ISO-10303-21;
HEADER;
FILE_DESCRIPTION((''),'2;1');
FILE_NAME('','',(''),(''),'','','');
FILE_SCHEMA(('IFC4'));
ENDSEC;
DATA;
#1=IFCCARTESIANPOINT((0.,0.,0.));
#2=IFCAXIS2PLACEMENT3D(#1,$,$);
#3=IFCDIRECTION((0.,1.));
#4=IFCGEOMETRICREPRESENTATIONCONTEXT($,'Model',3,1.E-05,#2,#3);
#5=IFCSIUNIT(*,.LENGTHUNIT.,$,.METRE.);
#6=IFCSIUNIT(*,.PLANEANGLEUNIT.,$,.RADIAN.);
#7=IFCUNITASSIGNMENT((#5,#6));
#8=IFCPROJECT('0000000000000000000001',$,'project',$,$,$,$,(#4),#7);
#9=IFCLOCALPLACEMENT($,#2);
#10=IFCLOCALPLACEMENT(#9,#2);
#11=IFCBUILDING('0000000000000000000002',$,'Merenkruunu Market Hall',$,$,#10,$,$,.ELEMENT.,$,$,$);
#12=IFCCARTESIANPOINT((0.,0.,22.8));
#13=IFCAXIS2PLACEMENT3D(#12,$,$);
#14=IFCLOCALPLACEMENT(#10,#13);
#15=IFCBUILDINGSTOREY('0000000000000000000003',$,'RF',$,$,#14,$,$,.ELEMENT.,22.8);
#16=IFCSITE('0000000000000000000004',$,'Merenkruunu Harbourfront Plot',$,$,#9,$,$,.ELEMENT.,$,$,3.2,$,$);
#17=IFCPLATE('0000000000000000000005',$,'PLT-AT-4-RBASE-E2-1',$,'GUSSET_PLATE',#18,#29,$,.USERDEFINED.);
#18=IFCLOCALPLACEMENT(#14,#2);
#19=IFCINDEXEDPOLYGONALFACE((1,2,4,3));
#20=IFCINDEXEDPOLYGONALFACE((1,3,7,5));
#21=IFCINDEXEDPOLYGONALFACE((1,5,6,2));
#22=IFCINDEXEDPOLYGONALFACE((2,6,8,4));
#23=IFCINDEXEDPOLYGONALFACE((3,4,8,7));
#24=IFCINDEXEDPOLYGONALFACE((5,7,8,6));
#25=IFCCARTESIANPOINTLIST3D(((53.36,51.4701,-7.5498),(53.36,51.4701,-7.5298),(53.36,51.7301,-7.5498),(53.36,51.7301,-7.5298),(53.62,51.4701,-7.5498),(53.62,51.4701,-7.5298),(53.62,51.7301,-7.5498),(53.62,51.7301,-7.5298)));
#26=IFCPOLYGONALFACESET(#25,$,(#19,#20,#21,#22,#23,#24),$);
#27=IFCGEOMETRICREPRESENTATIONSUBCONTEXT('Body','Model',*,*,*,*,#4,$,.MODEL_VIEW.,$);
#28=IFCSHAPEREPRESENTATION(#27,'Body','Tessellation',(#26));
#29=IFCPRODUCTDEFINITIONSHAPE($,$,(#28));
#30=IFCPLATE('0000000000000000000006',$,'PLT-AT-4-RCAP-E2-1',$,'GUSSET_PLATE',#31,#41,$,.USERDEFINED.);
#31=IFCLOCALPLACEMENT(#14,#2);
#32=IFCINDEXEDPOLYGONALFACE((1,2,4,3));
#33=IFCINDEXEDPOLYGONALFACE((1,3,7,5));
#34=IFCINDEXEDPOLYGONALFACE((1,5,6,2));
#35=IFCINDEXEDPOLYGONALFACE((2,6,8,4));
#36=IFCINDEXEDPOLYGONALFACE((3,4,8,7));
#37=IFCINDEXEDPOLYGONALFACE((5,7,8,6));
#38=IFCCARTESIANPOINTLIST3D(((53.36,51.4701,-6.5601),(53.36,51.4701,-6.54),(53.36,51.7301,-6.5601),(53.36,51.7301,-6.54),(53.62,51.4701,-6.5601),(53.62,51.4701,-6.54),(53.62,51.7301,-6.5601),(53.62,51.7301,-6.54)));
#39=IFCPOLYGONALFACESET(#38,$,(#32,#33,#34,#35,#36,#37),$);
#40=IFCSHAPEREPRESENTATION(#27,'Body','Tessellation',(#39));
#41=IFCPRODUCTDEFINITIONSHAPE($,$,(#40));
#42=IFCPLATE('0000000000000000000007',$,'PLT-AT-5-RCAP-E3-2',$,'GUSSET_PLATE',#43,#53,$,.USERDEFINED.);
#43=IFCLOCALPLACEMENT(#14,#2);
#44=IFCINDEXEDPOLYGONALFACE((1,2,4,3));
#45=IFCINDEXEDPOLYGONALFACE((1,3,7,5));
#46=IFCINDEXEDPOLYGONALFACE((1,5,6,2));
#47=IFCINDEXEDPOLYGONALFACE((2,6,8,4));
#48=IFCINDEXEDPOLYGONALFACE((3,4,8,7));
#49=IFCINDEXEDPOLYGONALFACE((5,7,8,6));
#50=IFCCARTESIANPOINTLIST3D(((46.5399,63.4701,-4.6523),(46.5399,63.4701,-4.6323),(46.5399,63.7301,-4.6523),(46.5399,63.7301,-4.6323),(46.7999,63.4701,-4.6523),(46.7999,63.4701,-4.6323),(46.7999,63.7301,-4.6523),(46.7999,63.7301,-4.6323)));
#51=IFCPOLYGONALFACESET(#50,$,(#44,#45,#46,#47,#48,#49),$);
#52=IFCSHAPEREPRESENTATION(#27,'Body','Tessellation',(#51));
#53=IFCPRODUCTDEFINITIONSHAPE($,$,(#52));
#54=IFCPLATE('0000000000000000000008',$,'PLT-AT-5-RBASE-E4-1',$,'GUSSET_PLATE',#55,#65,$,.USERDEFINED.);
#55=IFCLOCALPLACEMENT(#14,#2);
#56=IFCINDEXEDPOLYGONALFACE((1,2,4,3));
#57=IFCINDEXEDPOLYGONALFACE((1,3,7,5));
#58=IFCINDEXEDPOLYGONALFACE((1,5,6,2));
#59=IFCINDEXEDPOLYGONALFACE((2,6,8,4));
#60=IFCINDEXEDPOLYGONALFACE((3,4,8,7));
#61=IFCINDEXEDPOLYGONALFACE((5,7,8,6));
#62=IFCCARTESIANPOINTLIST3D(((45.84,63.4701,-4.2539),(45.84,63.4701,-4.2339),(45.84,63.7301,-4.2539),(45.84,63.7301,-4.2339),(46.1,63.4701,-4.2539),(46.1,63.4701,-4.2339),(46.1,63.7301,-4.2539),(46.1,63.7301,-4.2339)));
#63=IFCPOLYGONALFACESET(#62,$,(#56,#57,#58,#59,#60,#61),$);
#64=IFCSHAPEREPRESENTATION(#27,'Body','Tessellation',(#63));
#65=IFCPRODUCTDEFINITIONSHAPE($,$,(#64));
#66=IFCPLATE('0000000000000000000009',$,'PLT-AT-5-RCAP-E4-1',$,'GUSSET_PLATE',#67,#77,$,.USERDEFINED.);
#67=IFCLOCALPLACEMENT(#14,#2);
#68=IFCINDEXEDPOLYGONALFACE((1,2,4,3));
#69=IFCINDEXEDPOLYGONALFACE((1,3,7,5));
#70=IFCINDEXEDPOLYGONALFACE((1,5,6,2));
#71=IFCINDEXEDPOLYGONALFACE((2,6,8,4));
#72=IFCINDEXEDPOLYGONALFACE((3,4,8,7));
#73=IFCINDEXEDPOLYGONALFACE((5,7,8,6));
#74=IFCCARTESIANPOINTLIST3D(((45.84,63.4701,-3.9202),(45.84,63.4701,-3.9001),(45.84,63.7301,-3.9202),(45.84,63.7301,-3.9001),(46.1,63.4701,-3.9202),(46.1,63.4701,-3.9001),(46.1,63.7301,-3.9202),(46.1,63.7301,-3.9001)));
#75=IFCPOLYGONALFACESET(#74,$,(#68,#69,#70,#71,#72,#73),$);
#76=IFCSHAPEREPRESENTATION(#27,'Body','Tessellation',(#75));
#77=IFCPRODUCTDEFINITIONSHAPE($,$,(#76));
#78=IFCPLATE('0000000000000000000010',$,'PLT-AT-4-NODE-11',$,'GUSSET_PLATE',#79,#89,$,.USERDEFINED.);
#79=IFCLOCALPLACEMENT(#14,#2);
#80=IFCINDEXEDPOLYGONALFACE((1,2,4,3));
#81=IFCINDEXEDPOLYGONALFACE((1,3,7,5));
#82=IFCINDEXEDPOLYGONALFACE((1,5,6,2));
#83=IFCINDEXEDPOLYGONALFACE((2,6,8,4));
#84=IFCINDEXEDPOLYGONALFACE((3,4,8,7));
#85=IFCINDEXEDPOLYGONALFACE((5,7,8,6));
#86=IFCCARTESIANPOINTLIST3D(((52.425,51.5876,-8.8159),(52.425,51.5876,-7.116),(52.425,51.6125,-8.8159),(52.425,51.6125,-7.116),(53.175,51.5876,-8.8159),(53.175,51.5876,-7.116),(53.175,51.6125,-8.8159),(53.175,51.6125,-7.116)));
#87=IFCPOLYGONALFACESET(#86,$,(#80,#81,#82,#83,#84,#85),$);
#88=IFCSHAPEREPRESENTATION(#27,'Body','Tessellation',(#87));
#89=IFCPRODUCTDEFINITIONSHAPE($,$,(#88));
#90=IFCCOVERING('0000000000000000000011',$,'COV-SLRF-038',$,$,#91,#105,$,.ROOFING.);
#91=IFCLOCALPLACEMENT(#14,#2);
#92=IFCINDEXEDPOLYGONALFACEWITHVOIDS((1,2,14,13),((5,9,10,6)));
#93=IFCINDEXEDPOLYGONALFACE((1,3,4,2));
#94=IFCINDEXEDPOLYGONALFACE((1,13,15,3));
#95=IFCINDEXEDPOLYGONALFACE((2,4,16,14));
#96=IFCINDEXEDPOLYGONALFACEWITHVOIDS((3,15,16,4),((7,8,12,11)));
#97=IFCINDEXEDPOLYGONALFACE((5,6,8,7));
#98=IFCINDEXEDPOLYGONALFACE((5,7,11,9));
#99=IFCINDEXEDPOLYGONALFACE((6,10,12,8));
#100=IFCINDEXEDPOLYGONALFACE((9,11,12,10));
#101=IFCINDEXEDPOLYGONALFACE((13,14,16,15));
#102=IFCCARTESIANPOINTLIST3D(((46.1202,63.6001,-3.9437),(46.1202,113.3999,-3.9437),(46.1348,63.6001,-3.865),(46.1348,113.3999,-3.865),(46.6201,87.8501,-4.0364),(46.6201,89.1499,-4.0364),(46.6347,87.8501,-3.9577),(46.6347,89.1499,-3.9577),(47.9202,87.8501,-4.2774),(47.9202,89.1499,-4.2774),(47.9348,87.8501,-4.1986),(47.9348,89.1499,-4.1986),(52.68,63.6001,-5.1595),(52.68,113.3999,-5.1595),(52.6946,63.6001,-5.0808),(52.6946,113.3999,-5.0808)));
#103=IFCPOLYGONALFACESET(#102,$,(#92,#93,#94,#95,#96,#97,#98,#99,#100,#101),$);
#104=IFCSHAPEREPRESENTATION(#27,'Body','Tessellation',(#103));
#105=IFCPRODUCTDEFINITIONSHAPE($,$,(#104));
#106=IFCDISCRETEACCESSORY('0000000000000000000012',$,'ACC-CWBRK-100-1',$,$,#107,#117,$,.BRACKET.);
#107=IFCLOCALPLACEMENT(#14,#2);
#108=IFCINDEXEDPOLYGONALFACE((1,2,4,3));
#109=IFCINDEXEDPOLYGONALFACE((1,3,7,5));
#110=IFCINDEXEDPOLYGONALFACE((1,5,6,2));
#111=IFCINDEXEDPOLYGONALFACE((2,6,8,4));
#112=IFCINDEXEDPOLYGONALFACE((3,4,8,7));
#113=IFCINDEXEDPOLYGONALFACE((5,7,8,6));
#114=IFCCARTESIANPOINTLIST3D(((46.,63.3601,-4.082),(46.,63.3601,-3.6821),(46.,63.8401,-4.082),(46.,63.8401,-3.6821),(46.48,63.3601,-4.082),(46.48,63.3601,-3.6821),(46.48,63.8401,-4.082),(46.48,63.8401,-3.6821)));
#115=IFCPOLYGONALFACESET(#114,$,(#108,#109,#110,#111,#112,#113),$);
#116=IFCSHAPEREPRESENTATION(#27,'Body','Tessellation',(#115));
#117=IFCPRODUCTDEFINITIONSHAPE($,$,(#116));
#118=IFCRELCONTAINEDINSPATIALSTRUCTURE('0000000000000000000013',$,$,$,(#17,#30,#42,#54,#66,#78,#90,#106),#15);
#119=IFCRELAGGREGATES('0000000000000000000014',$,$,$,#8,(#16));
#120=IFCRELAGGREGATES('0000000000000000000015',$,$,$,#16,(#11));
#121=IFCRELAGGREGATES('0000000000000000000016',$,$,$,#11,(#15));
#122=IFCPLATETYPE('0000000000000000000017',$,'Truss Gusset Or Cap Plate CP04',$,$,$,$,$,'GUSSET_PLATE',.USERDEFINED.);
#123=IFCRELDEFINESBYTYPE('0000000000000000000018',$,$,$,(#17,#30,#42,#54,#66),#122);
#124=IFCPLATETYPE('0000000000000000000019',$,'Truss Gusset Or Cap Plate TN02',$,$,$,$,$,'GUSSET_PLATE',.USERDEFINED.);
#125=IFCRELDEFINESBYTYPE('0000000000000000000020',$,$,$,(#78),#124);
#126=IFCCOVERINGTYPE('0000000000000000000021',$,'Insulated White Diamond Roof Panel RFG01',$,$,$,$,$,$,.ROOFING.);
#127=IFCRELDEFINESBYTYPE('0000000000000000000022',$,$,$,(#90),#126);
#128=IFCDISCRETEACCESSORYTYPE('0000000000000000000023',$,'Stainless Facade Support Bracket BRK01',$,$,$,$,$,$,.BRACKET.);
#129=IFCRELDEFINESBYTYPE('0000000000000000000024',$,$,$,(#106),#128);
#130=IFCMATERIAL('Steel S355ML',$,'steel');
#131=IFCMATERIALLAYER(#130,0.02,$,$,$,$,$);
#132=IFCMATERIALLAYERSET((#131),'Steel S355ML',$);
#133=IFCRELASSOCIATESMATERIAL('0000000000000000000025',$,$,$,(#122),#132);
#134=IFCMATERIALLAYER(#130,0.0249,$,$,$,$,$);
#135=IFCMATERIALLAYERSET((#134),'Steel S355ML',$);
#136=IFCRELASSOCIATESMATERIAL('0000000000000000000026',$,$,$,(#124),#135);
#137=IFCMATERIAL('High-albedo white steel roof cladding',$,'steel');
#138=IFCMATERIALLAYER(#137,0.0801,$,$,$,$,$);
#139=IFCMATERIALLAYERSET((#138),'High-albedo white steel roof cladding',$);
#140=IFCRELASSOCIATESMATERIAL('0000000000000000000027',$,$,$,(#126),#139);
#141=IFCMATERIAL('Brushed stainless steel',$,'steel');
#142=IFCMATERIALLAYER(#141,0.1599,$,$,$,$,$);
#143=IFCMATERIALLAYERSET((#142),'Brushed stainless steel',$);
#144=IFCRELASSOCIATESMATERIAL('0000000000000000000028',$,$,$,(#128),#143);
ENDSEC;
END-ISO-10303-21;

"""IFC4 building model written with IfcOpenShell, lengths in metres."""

from ifc_helpers import new_model, si_unit, direction, frame, origin, origin_2d, place, context, subcontext, project, spatial, polyline, rectangle, outline, extrude, material, layer, layer_set, type_object, element, save


model = new_model("IFC4")

# Units and contexts
model_context = context("Model", 3, precision=1e-05, world=origin(), true_north=direction((0.0, 1.0)))
body_context = subcontext(model_context, "Body", "Model", "MODEL_VIEW")
ifc_project = project(units=[si_unit("LENGTHUNIT", "METRE"), si_unit("PLANEANGLEUNIT", "RADIAN")], contexts=[model_context])

# Site, building, storey
site_placement = place(None, origin())
site = spatial("IfcSite", under=ifc_project, at=site_placement, Name="Merenkruunu Harbourfront Plot", CompositionType="ELEMENT", RefElevation=3.2)
building_placement = place(site_placement, origin())
building = spatial("IfcBuilding", under=site, at=building_placement, Name="Merenkruunu Market Hall", CompositionType="ELEMENT")
storey_placement = place(building_placement, frame((0.0, 0.0, 22.8)))
storey = spatial("IfcBuildingStorey", under=building, at=storey_placement, Name="RF", CompositionType="ELEMENT", Elevation=22.8)

# Shared definitions
ifc_material_1 = material(Name="Steel S355ML", Category="steel")

# Plates
ifc_layer_1 = layer(ifc_material_1, 0.02)
ifc_layer_set_1 = layer_set([ifc_layer_1], Name="Steel S355ML")
plate_type_1 = type_object("IfcPlateType", Name="Truss Gusset Or Cap Plate CP04", ElementType="GUSSET_PLATE", PredefinedType="USERDEFINED", material=ifc_layer_set_1)
for number, where, z_axis, x_axis, name in (
    (1, (53.49, 51.6001, -7.5498), (0.0, 0.0, 1.0), (1.0, 0.0, 0.0), "PLT-AT-4-RBASE-E2-1"),
    (2, (53.49, 51.6001, -6.5601), (0.0, 0.0, 1.0), (1.0, 0.0, 0.0), "PLT-AT-4-RCAP-E2-1"),
    (3, (46.6699, 63.6001, -4.6523), (0.0, 0.0, 1.0), (1.0, 0.0, 0.0), "PLT-AT-5-RCAP-E3-2"),
    (4, (45.97, 63.6001, -4.2539), (0.0, 0.0, 1.0), (1.0, 0.0, 0.0), "PLT-AT-5-RBASE-E4-1"),
    (5, (45.97, 63.6001, -3.9202), (0.0, 0.0, 1.0), (1.0, 0.0, 0.0), "PLT-AT-5-RCAP-E4-1"),
):
    element("IfcPlate", number, at=place(storey_placement, frame(where, z_axis=z_axis, x_axis=x_axis)), inside=storey, type_object=plate_type_1, Name=name, ObjectType="GUSSET_PLATE", PredefinedType="USERDEFINED", context=body_context, shape_type="SweptSolid", body=[
        extrude(rectangle(XDim=0.26, YDim=0.26, at=origin_2d()), origin(), (0.0, 0.0, 1.0), 0.02),
    ])
ifc_layer_2 = layer(ifc_material_1, 0.0249)
ifc_layer_set_2 = layer_set([ifc_layer_2], Name="Steel S355ML")
plate_type_2 = type_object("IfcPlateType", Name="Truss Gusset Or Cap Plate TN02", ElementType="GUSSET_PLATE", PredefinedType="USERDEFINED", material=ifc_layer_set_2)
plate_1_placement = place(storey_placement, frame((52.8, 51.6001, -8.8159), z_axis=(0.0, 0.0, 1.0), x_axis=(1.0, 0.0, 0.0)))
element("IfcPlate", 6, at=plate_1_placement, inside=storey, type_object=plate_type_2, Name="PLT-AT-4-NODE-11", ObjectType="GUSSET_PLATE", PredefinedType="USERDEFINED", context=body_context, shape_type="SweptSolid", body=[
    extrude(rectangle(XDim=0.75, YDim=0.0249, at=origin_2d()), origin(), (0.0, 0.0, 1.0), 1.7),
])

# Covering
ifc_material_2 = material(Name="High-albedo white steel roof cladding", Category="steel")
ifc_layer_3 = layer(ifc_material_2, 0.0801)
ifc_layer_set_3 = layer_set([ifc_layer_3], Name="High-albedo white steel roof cladding")
covering_type = type_object("IfcCoveringType", Name="Insulated White Diamond Roof Panel RFG01", PredefinedType="ROOFING", material=ifc_layer_set_3)
covering_placement = place(storey_placement, frame((46.1348, 63.6001, -3.865), z_axis=(0.18224, 0.0, 0.983254), x_axis=(0.983254, 0.0, -0.18224)))
element("IfcCovering", 7, at=covering_placement, inside=storey, type_object=covering_type, Name="COV-SLRF-038", PredefinedType="ROOFING", context=body_context, shape_type="SweptSolid", body=[
    extrude(outline(polyline([(0.0, 0.0), (6.6715, 0.0), (6.6715, 49.7998), (0.0, 49.7998), (0.0, 0.0)]), holes=[polyline([(0.5085, 24.25), (1.8307, 24.25), (1.8307, 25.5498), (0.5085, 25.5498), (0.5085, 24.25)])]), origin(), (0.0, 0.0, -1.0), 0.0801),
])

# Discrete accessory
ifc_material_3 = material(Name="Brushed stainless steel", Category="steel")
ifc_layer_4 = layer(ifc_material_3, 0.1599)
ifc_layer_set_4 = layer_set([ifc_layer_4], Name="Brushed stainless steel")
discrete_accessory_type = type_object("IfcDiscreteAccessoryType", Name="Stainless Facade Support Bracket BRK01", PredefinedType="BRACKET", material=ifc_layer_set_4)
discrete_accessory_placement = place(storey_placement, frame((46.24, 63.6001, -4.082), z_axis=(0.0, 0.0, 1.0), x_axis=(1.0, 0.0, 0.0)))
element("IfcDiscreteAccessory", 8, at=discrete_accessory_placement, inside=storey, type_object=discrete_accessory_type, Name="ACC-CWBRK-100-1", PredefinedType="BRACKET", context=body_context, shape_type="SweptSolid", body=[
    extrude(rectangle(XDim=0.48, YDim=0.48, at=origin_2d()), origin(), (0.0, 0.0, 1.0), 0.3999),
])

save(model, "model.ifc")
